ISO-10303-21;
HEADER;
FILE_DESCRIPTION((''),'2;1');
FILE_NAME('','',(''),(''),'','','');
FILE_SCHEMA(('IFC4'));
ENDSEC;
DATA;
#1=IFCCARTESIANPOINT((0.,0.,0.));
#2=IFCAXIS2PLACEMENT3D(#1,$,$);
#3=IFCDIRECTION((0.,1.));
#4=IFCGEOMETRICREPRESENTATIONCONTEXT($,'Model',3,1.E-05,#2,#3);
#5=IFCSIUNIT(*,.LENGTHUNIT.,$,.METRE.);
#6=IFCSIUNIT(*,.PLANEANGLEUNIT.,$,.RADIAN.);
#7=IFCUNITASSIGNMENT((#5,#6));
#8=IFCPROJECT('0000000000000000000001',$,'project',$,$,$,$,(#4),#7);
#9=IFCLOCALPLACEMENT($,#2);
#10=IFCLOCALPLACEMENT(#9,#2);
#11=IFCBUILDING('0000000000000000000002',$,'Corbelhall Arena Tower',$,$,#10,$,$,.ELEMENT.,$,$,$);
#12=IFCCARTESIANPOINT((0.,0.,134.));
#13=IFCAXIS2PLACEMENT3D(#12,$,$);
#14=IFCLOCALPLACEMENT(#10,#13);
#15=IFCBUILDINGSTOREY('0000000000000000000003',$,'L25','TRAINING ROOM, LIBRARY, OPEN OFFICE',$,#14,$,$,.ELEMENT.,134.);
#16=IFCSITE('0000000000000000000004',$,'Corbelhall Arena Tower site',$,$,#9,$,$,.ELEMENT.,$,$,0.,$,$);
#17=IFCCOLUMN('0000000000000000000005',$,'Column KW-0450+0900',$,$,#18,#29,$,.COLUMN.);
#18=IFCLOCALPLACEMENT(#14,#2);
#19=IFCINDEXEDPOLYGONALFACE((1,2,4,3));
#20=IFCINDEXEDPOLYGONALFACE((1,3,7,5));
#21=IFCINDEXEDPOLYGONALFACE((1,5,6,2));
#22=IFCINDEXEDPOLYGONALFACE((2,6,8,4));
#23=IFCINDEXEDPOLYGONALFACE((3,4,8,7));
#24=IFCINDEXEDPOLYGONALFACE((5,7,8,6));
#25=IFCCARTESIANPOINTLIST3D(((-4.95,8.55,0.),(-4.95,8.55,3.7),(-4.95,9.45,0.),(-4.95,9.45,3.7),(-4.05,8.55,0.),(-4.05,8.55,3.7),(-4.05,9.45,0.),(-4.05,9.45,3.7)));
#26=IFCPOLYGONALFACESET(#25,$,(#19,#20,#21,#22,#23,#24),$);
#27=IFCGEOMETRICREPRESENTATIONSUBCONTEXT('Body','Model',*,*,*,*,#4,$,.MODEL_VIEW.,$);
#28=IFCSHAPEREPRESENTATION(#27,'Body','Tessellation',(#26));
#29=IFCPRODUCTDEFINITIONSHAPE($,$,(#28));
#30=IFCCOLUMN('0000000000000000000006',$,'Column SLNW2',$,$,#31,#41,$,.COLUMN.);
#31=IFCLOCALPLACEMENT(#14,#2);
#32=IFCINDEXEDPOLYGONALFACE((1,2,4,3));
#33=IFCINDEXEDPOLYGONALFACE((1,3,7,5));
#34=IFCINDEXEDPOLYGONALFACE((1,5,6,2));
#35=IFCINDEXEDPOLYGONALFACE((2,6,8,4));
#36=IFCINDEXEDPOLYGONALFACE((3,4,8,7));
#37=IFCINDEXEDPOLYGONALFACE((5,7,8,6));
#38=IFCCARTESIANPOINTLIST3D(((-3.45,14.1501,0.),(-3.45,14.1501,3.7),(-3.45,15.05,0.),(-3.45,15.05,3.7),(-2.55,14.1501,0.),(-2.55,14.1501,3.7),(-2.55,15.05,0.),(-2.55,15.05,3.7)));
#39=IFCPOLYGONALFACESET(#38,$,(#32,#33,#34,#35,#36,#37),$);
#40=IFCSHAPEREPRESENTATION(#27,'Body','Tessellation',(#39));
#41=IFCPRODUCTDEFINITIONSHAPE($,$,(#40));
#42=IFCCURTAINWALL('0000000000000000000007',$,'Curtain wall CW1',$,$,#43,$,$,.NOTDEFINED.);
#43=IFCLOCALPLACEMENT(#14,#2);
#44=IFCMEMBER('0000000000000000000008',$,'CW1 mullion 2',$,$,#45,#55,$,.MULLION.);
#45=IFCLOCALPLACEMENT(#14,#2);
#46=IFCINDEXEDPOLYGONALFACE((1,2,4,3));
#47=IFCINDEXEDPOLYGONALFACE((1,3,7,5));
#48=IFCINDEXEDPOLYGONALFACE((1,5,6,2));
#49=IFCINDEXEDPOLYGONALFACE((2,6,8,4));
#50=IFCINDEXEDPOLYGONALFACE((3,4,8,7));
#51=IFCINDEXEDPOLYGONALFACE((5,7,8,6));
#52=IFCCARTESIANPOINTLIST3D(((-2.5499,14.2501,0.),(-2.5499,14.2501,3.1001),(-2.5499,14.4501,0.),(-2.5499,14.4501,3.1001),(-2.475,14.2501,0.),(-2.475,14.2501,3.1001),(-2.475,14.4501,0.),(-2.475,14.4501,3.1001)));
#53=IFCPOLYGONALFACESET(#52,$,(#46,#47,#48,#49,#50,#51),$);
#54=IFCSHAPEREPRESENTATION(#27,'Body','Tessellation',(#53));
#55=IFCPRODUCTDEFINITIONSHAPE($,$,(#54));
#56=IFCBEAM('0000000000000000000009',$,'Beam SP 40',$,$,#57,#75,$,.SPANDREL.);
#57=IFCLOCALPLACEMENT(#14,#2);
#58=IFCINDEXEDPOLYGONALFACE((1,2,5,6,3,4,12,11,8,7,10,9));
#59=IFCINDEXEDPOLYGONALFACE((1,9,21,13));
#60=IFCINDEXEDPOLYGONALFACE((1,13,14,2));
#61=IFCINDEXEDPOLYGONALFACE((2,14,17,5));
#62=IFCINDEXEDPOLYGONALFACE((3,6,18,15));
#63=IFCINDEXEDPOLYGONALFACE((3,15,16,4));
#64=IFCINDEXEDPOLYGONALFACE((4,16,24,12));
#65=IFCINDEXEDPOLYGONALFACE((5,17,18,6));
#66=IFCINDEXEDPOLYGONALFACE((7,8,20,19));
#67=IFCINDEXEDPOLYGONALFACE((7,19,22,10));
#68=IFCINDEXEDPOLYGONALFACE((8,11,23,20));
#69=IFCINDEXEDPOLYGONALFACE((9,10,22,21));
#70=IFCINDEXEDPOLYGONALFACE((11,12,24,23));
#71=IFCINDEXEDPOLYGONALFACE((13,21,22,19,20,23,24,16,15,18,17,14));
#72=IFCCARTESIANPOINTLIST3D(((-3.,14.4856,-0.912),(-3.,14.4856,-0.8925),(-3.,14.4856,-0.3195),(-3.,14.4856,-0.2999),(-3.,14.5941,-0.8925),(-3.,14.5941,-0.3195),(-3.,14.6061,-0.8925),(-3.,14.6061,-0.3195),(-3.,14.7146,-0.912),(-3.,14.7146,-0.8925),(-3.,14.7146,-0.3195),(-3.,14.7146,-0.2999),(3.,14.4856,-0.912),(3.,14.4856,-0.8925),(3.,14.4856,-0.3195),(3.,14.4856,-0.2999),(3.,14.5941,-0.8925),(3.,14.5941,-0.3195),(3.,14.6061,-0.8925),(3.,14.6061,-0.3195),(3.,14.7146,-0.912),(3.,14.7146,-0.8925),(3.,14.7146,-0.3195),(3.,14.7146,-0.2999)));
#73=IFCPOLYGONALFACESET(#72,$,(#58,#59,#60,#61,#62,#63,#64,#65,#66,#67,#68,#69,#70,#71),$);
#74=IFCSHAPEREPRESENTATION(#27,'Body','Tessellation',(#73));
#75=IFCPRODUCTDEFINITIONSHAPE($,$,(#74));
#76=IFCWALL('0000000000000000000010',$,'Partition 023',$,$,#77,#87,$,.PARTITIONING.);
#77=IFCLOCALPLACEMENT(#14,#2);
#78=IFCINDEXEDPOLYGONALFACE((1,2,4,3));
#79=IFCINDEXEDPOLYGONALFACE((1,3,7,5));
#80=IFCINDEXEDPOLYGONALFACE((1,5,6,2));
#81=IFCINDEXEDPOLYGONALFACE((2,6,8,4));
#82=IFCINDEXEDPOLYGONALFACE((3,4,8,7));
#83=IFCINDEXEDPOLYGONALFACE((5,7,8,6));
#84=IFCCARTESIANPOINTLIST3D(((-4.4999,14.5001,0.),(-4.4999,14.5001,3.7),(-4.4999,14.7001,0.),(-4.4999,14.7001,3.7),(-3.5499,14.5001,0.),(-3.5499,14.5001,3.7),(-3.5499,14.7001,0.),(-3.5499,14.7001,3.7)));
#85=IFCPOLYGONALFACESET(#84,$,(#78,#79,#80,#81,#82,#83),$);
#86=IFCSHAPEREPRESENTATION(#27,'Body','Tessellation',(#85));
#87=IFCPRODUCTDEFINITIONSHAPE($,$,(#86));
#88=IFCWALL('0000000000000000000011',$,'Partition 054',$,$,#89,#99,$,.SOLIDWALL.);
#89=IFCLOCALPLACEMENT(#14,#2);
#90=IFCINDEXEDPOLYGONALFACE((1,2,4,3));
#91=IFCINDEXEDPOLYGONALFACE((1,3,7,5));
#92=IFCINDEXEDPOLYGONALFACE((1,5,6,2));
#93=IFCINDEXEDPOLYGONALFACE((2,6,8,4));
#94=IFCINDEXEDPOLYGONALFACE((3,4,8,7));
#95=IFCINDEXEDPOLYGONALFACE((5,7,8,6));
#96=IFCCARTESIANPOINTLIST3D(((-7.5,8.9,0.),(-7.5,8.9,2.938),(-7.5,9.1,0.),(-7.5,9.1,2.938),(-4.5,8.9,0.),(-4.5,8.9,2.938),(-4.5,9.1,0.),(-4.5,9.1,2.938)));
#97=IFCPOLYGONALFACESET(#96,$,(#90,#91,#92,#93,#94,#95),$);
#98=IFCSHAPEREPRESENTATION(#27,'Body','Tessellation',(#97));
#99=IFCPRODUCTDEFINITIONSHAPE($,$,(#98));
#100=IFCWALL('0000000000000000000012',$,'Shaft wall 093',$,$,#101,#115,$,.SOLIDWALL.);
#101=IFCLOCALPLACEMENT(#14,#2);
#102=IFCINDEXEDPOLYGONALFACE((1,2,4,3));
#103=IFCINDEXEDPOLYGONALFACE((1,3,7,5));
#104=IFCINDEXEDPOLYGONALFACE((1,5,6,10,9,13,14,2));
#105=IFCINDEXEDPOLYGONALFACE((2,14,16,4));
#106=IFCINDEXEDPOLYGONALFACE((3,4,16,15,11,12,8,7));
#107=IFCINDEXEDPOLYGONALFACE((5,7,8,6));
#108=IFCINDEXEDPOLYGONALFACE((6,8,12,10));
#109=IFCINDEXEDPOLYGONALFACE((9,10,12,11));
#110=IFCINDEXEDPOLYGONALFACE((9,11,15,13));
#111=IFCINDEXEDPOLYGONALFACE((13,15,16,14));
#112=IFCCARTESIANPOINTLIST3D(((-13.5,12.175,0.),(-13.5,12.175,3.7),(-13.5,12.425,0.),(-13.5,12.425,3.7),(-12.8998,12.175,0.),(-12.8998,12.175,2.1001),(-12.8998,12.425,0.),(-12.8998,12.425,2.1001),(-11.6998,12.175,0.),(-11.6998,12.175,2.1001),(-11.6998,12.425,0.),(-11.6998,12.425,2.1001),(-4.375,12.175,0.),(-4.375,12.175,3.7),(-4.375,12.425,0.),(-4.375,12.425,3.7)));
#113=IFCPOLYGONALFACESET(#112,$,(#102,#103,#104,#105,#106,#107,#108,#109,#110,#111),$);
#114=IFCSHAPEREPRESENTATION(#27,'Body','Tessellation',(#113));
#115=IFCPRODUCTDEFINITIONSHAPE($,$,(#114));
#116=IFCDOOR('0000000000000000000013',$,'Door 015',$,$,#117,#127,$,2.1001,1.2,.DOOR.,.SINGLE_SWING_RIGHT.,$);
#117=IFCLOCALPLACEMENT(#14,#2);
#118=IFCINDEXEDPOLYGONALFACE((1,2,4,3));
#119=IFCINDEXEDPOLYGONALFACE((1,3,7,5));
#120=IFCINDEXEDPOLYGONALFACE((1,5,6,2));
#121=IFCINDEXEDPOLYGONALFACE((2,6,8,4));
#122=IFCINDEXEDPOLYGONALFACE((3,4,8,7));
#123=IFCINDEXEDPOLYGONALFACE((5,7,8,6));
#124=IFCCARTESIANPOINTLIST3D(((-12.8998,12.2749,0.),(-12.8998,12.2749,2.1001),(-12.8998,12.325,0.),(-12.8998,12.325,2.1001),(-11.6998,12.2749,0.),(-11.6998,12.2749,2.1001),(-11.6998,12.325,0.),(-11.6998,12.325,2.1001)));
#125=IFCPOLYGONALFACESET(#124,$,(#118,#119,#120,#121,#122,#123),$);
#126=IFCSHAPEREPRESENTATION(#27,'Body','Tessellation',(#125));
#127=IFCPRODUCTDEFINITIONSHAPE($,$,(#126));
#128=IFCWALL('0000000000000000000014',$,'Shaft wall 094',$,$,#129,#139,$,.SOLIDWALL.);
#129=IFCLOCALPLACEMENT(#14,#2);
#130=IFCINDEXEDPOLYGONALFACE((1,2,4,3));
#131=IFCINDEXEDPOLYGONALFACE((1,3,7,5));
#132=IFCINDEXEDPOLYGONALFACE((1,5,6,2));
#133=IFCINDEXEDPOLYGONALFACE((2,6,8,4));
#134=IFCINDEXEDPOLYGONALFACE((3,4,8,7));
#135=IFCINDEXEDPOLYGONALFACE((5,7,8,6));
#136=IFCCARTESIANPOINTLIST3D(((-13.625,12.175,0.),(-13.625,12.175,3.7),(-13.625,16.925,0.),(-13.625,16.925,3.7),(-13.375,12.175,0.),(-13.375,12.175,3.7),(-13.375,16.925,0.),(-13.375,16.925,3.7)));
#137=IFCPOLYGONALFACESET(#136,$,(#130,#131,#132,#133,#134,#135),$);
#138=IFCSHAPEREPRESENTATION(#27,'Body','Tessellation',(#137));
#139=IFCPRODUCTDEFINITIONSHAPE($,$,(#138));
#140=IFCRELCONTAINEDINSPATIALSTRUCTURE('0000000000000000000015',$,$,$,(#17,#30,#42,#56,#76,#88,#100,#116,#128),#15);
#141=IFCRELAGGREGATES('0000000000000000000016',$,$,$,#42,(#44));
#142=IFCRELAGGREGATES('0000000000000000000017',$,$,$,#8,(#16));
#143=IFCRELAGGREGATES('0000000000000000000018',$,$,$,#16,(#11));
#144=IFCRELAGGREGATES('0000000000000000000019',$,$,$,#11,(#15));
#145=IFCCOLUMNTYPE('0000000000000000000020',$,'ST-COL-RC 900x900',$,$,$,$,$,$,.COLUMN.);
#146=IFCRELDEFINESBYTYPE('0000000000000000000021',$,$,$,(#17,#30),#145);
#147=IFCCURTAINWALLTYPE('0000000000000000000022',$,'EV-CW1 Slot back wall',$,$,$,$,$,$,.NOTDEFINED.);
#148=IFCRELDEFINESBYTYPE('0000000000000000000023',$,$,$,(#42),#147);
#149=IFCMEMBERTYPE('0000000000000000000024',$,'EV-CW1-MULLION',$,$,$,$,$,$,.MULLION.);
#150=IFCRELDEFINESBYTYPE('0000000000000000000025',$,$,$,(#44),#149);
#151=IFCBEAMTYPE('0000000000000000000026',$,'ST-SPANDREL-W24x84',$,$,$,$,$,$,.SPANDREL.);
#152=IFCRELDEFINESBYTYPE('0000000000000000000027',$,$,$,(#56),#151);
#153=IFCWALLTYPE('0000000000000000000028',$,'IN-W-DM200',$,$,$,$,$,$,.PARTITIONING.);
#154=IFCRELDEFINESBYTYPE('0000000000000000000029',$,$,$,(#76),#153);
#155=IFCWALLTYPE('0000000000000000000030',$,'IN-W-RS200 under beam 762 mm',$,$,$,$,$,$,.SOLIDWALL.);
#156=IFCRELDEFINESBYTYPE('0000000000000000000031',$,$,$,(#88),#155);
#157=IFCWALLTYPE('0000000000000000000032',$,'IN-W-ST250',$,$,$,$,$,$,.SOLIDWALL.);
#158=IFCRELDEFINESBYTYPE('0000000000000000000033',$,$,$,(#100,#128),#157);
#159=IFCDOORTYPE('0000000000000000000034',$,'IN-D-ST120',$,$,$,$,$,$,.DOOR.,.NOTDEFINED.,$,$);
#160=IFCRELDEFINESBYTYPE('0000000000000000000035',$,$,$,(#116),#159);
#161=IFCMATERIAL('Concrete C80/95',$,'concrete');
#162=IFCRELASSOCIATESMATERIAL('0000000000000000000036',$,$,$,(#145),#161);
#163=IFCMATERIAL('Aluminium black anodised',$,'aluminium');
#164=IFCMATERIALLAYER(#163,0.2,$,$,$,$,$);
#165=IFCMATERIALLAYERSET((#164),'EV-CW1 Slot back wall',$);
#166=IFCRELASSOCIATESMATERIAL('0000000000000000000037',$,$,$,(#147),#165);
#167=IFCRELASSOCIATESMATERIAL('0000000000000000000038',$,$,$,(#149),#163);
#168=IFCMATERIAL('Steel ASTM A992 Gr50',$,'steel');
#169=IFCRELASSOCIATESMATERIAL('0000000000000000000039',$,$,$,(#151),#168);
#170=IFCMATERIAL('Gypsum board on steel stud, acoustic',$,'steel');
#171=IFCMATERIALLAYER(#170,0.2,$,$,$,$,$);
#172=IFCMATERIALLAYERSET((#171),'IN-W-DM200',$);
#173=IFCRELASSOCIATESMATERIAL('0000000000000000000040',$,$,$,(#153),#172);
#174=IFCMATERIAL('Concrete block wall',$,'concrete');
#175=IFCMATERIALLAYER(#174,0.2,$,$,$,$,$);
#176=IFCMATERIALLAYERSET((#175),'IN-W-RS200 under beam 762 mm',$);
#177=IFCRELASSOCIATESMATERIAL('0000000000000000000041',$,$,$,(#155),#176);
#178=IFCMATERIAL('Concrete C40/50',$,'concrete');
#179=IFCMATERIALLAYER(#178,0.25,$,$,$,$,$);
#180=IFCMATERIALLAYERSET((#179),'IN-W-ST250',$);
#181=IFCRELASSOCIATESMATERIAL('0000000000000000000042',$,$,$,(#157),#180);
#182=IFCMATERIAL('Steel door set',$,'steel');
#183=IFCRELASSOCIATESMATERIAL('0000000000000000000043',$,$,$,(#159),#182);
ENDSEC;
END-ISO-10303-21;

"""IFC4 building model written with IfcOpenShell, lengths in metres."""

from ifc_helpers import new_model, si_unit, direction, frame, frame_2d, origin, origin_2d, place, context, subcontext, project, spatial, rectangle, i_section, extrude, material, layer, layer_set, material_profile, profile_set, type_object, element, fill, aggregate, save


model = new_model("IFC4")

# Units and contexts
model_context = context("Model", 3, precision=1e-05, world=origin(), true_north=direction((0.0, 1.0)))
body_context = subcontext(model_context, "Body", "Model", "MODEL_VIEW")
ifc_project = project(units=[si_unit("LENGTHUNIT", "METRE"), si_unit("PLANEANGLEUNIT", "RADIAN")], contexts=[model_context])

# Site, building, storey
site_placement = place(None, origin())
site = spatial("IfcSite", under=ifc_project, at=site_placement, Name="Corbelhall Arena Tower site", CompositionType="ELEMENT", RefElevation=0.0)
building_placement = place(site_placement, origin())
building = spatial("IfcBuilding", under=site, at=building_placement, Name="Corbelhall Arena Tower", CompositionType="ELEMENT")
storey_placement = place(building_placement, frame((0.0, 0.0, 134.0)))
storey = spatial("IfcBuildingStorey", under=building, at=storey_placement, Name="L25", Description="TRAINING ROOM, LIBRARY, OPEN OFFICE", CompositionType="ELEMENT", Elevation=134.0)

# Columns
ifc_material_1 = material(Name="Concrete C80/95", Category="concrete")
ifc_material_profile_1 = material_profile(ifc_material_1, rectangle(XDim=0.8999, YDim=0.8999, at=origin_2d()))
ifc_profile_set_1 = profile_set([ifc_material_profile_1], Name="Concrete C80/95")
column_type = type_object("IfcColumnType", Name="ST-COL-RC 900x900", PredefinedType="COLUMN", material=ifc_profile_set_1)
for number, where, z_axis, x_axis, name in (
    (1, (-4.5, 9.0, 0.0), (0.0, 0.0, 1.0), (1.0, 0.0, 0.0), "Column KW-0450+0900"),
    (2, (-3.0, 14.6001, 0.0), (0.0, 0.0, 1.0), (1.0, 0.0, 0.0), "Column SLNW2"),
):
    element("IfcColumn", number, at=place(storey_placement, frame(where, z_axis=z_axis, x_axis=x_axis)), inside=storey, type_object=column_type, Name=name, PredefinedType="COLUMN", context=body_context, shape_type="SweptSolid", body=[
        extrude(rectangle(XDim=0.8999, YDim=0.8999, at=origin_2d()), origin(), (0.0, 0.0, 1.0), 3.7),
    ])

# Curtain wall, member
ifc_material_2 = material(Name="Aluminium black anodised", Category="aluminium")
ifc_layer_1 = layer(ifc_material_2, 0.2)
ifc_layer_set_1 = layer_set([ifc_layer_1], Name="EV-CW1 Slot back wall")
curtain_wall_type = type_object("IfcCurtainWallType", Name="EV-CW1 Slot back wall", PredefinedType="NOTDEFINED", material=ifc_layer_set_1)
curtain_wall_placement = place(storey_placement, origin())
curtain_wall = element("IfcCurtainWall", 3, at=curtain_wall_placement, inside=storey, type_object=curtain_wall_type, Name="Curtain wall CW1", PredefinedType="NOTDEFINED")
ifc_material_profile_2 = material_profile(ifc_material_2, rectangle(XDim=0.2, YDim=0.075, at=origin_2d()))
ifc_profile_set_2 = profile_set([ifc_material_profile_2], Name="Aluminium black anodised")
member_type = type_object("IfcMemberType", Name="EV-CW1-MULLION", PredefinedType="MULLION", material=ifc_profile_set_2)
member_placement = place(storey_placement, frame((-2.5125, 14.3501, 0.0), z_axis=(0.0, 0.0, 1.0), x_axis=(0.0, -1.0, 0.0)))
member = element("IfcMember", 4, at=member_placement, type_object=member_type, Name="CW1 mullion 2", PredefinedType="MULLION", context=body_context, shape_type="SweptSolid", body=[
    extrude(rectangle(XDim=0.2, YDim=0.075, at=origin_2d()), origin(), (0.0, 0.0, 1.0), 3.1001),
])
aggregate(curtain_wall, [member])

# Beam
ifc_material_3 = material(Name="Steel ASTM A992 Gr50", Category="steel")
ifc_material_profile_3 = material_profile(ifc_material_3, i_section(OverallWidth=0.229, OverallDepth=0.6121, WebThickness=0.012, FlangeThickness=0.0195, at=origin_2d()))
ifc_profile_set_3 = profile_set([ifc_material_profile_3], Name="Steel ASTM A992 Gr50")
beam_type = type_object("IfcBeamType", Name="ST-SPANDREL-W24x84", PredefinedType="SPANDREL", material=ifc_profile_set_3)
beam_placement = place(storey_placement, frame((-3.0, 14.6001, -0.606), z_axis=(1.0, 0.0, 0.0), x_axis=(0.0, 1.0, 0.0)))
element("IfcBeam", 5, at=beam_placement, inside=storey, type_object=beam_type, Name="Beam SP 40", PredefinedType="SPANDREL", context=body_context, shape_type="SweptSolid", body=[
    extrude(i_section(OverallWidth=0.229, OverallDepth=0.6121, WebThickness=0.012, FlangeThickness=0.0195, at=origin_2d()), origin(), (0.0, 0.0, 1.0), 6.0),
])

# Shared definitions
ifc_material_4 = material(Name="Gypsum board on steel stud, acoustic", Category="steel")
ifc_layer_2 = layer(ifc_material_4, 0.2)
ifc_layer_set_2 = layer_set([ifc_layer_2], Name="IN-W-DM200")
wall_type_1 = type_object("IfcWallType", Name="IN-W-DM200", PredefinedType="PARTITIONING", material=ifc_layer_set_2)
ifc_material_5 = material(Name="Steel door set", Category="steel")

# Walls
wall_1_placement = place(storey_placement, frame((-4.5, 14.6001, 0.0), z_axis=(0.0, 0.0, 1.0), x_axis=(1.0, 0.0, 0.0)))
element("IfcWall", 6, at=wall_1_placement, inside=storey, type_object=wall_type_1, Name="Partition 023", PredefinedType="PARTITIONING", context=body_context, shape_type="SweptSolid", body=[
    extrude(rectangle(XDim=0.95, YDim=0.2, at=frame_2d((0.4751, 0.0))), origin(), (0.0, 0.0, 1.0), 3.7),
])
ifc_material_6 = material(Name="Concrete block wall", Category="concrete")
ifc_layer_3 = layer(ifc_material_6, 0.2)
ifc_layer_set_3 = layer_set([ifc_layer_3], Name="IN-W-RS200 under beam 762 mm")
wall_type_2 = type_object("IfcWallType", Name="IN-W-RS200 under beam 762 mm", PredefinedType="SOLIDWALL", material=ifc_layer_set_3)
wall_2_placement = place(storey_placement, frame((-7.5, 9.0, 0.0), z_axis=(0.0, 0.0, 1.0), x_axis=(1.0, 0.0, 0.0)))
element("IfcWall", 7, at=wall_2_placement, inside=storey, type_object=wall_type_2, Name="Partition 054", PredefinedType="SOLIDWALL", context=body_context, shape_type="SweptSolid", body=[
    extrude(rectangle(XDim=3.0, YDim=0.2, at=frame_2d((1.5, 0.0))), origin(), (0.0, 0.0, 1.0), 2.938),
])

# Wall, opening, door
ifc_material_7 = material(Name="Concrete C40/50", Category="concrete")
ifc_layer_4 = layer(ifc_material_7, 0.25)
ifc_layer_set_4 = layer_set([ifc_layer_4], Name="IN-W-ST250")
wall_type_3 = type_object("IfcWallType", Name="IN-W-ST250", PredefinedType="SOLIDWALL", material=ifc_layer_set_4)
wall_3_placement = place(storey_placement, frame((-13.5, 12.3, 0.0), z_axis=(0.0, 0.0, 1.0), x_axis=(1.0, 0.0, 0.0)))
wall_3 = element("IfcWall", 8, at=wall_3_placement, inside=storey, type_object=wall_type_3, Name="Shaft wall 093", PredefinedType="SOLIDWALL", context=body_context, shape_type="SweptSolid", body=[
    extrude(rectangle(XDim=9.125, YDim=0.25, at=frame_2d((4.5625, 0.0))), origin(), (0.0, 0.0, 1.0), 3.7),
])
opening_1_placement = place(wall_3_placement, frame((0.6001, 0.0, 0.0)))
opening_1 = element("IfcOpeningElement", 9, at=opening_1_placement, cuts=wall_3, PredefinedType="OPENING", context=body_context, shape_type="SweptSolid", body=[
    extrude(rectangle(XDim=1.2, YDim=2.1001, at=frame_2d((0.6001, 1.05))), frame((0.0, 0.125, 0.0), z_axis=(0.0, -1.0, 0.0), x_axis=(1.0, 0.0, 0.0)), (0.0, 0.0, 1.0), 0.25),
])
door_type_1 = type_object("IfcDoorType", Name="IN-D-ST120", OperationType="NOTDEFINED", PredefinedType="DOOR", material=ifc_material_5)
door_1_placement = place(opening_1_placement, origin())
door_1 = element("IfcDoor", 10, at=door_1_placement, inside=storey, type_object=door_type_1, Name="Door 015", OperationType="SINGLE_SWING_RIGHT", OverallHeight=2.1001, OverallWidth=1.2, PredefinedType="DOOR", context=body_context, shape_type="SweptSolid", body=[
    extrude(rectangle(XDim=1.2, YDim=2.1001, at=frame_2d((0.6001, 1.05))), frame((0.0, 0.0249, 0.0), z_axis=(0.0, -1.0, 0.0), x_axis=(1.0, 0.0, 0.0)), (0.0, 0.0, 1.0), 0.05),
])
fill(opening_1, door_1)

# Wall
wall_4_placement = place(storey_placement, frame((-13.5, 12.175, 0.0), z_axis=(0.0, 0.0, 1.0), x_axis=(0.0, 1.0, 0.0)))
element("IfcWall", 11, at=wall_4_placement, inside=storey, type_object=wall_type_3, Name="Shaft wall 094", PredefinedType="SOLIDWALL", context=body_context, shape_type="SweptSolid", body=[
    extrude(rectangle(XDim=4.75, YDim=0.25, at=frame_2d((2.375, 0.0))), origin(), (0.0, 0.0, 1.0), 3.7),
])

save(model, "model.ifc")
